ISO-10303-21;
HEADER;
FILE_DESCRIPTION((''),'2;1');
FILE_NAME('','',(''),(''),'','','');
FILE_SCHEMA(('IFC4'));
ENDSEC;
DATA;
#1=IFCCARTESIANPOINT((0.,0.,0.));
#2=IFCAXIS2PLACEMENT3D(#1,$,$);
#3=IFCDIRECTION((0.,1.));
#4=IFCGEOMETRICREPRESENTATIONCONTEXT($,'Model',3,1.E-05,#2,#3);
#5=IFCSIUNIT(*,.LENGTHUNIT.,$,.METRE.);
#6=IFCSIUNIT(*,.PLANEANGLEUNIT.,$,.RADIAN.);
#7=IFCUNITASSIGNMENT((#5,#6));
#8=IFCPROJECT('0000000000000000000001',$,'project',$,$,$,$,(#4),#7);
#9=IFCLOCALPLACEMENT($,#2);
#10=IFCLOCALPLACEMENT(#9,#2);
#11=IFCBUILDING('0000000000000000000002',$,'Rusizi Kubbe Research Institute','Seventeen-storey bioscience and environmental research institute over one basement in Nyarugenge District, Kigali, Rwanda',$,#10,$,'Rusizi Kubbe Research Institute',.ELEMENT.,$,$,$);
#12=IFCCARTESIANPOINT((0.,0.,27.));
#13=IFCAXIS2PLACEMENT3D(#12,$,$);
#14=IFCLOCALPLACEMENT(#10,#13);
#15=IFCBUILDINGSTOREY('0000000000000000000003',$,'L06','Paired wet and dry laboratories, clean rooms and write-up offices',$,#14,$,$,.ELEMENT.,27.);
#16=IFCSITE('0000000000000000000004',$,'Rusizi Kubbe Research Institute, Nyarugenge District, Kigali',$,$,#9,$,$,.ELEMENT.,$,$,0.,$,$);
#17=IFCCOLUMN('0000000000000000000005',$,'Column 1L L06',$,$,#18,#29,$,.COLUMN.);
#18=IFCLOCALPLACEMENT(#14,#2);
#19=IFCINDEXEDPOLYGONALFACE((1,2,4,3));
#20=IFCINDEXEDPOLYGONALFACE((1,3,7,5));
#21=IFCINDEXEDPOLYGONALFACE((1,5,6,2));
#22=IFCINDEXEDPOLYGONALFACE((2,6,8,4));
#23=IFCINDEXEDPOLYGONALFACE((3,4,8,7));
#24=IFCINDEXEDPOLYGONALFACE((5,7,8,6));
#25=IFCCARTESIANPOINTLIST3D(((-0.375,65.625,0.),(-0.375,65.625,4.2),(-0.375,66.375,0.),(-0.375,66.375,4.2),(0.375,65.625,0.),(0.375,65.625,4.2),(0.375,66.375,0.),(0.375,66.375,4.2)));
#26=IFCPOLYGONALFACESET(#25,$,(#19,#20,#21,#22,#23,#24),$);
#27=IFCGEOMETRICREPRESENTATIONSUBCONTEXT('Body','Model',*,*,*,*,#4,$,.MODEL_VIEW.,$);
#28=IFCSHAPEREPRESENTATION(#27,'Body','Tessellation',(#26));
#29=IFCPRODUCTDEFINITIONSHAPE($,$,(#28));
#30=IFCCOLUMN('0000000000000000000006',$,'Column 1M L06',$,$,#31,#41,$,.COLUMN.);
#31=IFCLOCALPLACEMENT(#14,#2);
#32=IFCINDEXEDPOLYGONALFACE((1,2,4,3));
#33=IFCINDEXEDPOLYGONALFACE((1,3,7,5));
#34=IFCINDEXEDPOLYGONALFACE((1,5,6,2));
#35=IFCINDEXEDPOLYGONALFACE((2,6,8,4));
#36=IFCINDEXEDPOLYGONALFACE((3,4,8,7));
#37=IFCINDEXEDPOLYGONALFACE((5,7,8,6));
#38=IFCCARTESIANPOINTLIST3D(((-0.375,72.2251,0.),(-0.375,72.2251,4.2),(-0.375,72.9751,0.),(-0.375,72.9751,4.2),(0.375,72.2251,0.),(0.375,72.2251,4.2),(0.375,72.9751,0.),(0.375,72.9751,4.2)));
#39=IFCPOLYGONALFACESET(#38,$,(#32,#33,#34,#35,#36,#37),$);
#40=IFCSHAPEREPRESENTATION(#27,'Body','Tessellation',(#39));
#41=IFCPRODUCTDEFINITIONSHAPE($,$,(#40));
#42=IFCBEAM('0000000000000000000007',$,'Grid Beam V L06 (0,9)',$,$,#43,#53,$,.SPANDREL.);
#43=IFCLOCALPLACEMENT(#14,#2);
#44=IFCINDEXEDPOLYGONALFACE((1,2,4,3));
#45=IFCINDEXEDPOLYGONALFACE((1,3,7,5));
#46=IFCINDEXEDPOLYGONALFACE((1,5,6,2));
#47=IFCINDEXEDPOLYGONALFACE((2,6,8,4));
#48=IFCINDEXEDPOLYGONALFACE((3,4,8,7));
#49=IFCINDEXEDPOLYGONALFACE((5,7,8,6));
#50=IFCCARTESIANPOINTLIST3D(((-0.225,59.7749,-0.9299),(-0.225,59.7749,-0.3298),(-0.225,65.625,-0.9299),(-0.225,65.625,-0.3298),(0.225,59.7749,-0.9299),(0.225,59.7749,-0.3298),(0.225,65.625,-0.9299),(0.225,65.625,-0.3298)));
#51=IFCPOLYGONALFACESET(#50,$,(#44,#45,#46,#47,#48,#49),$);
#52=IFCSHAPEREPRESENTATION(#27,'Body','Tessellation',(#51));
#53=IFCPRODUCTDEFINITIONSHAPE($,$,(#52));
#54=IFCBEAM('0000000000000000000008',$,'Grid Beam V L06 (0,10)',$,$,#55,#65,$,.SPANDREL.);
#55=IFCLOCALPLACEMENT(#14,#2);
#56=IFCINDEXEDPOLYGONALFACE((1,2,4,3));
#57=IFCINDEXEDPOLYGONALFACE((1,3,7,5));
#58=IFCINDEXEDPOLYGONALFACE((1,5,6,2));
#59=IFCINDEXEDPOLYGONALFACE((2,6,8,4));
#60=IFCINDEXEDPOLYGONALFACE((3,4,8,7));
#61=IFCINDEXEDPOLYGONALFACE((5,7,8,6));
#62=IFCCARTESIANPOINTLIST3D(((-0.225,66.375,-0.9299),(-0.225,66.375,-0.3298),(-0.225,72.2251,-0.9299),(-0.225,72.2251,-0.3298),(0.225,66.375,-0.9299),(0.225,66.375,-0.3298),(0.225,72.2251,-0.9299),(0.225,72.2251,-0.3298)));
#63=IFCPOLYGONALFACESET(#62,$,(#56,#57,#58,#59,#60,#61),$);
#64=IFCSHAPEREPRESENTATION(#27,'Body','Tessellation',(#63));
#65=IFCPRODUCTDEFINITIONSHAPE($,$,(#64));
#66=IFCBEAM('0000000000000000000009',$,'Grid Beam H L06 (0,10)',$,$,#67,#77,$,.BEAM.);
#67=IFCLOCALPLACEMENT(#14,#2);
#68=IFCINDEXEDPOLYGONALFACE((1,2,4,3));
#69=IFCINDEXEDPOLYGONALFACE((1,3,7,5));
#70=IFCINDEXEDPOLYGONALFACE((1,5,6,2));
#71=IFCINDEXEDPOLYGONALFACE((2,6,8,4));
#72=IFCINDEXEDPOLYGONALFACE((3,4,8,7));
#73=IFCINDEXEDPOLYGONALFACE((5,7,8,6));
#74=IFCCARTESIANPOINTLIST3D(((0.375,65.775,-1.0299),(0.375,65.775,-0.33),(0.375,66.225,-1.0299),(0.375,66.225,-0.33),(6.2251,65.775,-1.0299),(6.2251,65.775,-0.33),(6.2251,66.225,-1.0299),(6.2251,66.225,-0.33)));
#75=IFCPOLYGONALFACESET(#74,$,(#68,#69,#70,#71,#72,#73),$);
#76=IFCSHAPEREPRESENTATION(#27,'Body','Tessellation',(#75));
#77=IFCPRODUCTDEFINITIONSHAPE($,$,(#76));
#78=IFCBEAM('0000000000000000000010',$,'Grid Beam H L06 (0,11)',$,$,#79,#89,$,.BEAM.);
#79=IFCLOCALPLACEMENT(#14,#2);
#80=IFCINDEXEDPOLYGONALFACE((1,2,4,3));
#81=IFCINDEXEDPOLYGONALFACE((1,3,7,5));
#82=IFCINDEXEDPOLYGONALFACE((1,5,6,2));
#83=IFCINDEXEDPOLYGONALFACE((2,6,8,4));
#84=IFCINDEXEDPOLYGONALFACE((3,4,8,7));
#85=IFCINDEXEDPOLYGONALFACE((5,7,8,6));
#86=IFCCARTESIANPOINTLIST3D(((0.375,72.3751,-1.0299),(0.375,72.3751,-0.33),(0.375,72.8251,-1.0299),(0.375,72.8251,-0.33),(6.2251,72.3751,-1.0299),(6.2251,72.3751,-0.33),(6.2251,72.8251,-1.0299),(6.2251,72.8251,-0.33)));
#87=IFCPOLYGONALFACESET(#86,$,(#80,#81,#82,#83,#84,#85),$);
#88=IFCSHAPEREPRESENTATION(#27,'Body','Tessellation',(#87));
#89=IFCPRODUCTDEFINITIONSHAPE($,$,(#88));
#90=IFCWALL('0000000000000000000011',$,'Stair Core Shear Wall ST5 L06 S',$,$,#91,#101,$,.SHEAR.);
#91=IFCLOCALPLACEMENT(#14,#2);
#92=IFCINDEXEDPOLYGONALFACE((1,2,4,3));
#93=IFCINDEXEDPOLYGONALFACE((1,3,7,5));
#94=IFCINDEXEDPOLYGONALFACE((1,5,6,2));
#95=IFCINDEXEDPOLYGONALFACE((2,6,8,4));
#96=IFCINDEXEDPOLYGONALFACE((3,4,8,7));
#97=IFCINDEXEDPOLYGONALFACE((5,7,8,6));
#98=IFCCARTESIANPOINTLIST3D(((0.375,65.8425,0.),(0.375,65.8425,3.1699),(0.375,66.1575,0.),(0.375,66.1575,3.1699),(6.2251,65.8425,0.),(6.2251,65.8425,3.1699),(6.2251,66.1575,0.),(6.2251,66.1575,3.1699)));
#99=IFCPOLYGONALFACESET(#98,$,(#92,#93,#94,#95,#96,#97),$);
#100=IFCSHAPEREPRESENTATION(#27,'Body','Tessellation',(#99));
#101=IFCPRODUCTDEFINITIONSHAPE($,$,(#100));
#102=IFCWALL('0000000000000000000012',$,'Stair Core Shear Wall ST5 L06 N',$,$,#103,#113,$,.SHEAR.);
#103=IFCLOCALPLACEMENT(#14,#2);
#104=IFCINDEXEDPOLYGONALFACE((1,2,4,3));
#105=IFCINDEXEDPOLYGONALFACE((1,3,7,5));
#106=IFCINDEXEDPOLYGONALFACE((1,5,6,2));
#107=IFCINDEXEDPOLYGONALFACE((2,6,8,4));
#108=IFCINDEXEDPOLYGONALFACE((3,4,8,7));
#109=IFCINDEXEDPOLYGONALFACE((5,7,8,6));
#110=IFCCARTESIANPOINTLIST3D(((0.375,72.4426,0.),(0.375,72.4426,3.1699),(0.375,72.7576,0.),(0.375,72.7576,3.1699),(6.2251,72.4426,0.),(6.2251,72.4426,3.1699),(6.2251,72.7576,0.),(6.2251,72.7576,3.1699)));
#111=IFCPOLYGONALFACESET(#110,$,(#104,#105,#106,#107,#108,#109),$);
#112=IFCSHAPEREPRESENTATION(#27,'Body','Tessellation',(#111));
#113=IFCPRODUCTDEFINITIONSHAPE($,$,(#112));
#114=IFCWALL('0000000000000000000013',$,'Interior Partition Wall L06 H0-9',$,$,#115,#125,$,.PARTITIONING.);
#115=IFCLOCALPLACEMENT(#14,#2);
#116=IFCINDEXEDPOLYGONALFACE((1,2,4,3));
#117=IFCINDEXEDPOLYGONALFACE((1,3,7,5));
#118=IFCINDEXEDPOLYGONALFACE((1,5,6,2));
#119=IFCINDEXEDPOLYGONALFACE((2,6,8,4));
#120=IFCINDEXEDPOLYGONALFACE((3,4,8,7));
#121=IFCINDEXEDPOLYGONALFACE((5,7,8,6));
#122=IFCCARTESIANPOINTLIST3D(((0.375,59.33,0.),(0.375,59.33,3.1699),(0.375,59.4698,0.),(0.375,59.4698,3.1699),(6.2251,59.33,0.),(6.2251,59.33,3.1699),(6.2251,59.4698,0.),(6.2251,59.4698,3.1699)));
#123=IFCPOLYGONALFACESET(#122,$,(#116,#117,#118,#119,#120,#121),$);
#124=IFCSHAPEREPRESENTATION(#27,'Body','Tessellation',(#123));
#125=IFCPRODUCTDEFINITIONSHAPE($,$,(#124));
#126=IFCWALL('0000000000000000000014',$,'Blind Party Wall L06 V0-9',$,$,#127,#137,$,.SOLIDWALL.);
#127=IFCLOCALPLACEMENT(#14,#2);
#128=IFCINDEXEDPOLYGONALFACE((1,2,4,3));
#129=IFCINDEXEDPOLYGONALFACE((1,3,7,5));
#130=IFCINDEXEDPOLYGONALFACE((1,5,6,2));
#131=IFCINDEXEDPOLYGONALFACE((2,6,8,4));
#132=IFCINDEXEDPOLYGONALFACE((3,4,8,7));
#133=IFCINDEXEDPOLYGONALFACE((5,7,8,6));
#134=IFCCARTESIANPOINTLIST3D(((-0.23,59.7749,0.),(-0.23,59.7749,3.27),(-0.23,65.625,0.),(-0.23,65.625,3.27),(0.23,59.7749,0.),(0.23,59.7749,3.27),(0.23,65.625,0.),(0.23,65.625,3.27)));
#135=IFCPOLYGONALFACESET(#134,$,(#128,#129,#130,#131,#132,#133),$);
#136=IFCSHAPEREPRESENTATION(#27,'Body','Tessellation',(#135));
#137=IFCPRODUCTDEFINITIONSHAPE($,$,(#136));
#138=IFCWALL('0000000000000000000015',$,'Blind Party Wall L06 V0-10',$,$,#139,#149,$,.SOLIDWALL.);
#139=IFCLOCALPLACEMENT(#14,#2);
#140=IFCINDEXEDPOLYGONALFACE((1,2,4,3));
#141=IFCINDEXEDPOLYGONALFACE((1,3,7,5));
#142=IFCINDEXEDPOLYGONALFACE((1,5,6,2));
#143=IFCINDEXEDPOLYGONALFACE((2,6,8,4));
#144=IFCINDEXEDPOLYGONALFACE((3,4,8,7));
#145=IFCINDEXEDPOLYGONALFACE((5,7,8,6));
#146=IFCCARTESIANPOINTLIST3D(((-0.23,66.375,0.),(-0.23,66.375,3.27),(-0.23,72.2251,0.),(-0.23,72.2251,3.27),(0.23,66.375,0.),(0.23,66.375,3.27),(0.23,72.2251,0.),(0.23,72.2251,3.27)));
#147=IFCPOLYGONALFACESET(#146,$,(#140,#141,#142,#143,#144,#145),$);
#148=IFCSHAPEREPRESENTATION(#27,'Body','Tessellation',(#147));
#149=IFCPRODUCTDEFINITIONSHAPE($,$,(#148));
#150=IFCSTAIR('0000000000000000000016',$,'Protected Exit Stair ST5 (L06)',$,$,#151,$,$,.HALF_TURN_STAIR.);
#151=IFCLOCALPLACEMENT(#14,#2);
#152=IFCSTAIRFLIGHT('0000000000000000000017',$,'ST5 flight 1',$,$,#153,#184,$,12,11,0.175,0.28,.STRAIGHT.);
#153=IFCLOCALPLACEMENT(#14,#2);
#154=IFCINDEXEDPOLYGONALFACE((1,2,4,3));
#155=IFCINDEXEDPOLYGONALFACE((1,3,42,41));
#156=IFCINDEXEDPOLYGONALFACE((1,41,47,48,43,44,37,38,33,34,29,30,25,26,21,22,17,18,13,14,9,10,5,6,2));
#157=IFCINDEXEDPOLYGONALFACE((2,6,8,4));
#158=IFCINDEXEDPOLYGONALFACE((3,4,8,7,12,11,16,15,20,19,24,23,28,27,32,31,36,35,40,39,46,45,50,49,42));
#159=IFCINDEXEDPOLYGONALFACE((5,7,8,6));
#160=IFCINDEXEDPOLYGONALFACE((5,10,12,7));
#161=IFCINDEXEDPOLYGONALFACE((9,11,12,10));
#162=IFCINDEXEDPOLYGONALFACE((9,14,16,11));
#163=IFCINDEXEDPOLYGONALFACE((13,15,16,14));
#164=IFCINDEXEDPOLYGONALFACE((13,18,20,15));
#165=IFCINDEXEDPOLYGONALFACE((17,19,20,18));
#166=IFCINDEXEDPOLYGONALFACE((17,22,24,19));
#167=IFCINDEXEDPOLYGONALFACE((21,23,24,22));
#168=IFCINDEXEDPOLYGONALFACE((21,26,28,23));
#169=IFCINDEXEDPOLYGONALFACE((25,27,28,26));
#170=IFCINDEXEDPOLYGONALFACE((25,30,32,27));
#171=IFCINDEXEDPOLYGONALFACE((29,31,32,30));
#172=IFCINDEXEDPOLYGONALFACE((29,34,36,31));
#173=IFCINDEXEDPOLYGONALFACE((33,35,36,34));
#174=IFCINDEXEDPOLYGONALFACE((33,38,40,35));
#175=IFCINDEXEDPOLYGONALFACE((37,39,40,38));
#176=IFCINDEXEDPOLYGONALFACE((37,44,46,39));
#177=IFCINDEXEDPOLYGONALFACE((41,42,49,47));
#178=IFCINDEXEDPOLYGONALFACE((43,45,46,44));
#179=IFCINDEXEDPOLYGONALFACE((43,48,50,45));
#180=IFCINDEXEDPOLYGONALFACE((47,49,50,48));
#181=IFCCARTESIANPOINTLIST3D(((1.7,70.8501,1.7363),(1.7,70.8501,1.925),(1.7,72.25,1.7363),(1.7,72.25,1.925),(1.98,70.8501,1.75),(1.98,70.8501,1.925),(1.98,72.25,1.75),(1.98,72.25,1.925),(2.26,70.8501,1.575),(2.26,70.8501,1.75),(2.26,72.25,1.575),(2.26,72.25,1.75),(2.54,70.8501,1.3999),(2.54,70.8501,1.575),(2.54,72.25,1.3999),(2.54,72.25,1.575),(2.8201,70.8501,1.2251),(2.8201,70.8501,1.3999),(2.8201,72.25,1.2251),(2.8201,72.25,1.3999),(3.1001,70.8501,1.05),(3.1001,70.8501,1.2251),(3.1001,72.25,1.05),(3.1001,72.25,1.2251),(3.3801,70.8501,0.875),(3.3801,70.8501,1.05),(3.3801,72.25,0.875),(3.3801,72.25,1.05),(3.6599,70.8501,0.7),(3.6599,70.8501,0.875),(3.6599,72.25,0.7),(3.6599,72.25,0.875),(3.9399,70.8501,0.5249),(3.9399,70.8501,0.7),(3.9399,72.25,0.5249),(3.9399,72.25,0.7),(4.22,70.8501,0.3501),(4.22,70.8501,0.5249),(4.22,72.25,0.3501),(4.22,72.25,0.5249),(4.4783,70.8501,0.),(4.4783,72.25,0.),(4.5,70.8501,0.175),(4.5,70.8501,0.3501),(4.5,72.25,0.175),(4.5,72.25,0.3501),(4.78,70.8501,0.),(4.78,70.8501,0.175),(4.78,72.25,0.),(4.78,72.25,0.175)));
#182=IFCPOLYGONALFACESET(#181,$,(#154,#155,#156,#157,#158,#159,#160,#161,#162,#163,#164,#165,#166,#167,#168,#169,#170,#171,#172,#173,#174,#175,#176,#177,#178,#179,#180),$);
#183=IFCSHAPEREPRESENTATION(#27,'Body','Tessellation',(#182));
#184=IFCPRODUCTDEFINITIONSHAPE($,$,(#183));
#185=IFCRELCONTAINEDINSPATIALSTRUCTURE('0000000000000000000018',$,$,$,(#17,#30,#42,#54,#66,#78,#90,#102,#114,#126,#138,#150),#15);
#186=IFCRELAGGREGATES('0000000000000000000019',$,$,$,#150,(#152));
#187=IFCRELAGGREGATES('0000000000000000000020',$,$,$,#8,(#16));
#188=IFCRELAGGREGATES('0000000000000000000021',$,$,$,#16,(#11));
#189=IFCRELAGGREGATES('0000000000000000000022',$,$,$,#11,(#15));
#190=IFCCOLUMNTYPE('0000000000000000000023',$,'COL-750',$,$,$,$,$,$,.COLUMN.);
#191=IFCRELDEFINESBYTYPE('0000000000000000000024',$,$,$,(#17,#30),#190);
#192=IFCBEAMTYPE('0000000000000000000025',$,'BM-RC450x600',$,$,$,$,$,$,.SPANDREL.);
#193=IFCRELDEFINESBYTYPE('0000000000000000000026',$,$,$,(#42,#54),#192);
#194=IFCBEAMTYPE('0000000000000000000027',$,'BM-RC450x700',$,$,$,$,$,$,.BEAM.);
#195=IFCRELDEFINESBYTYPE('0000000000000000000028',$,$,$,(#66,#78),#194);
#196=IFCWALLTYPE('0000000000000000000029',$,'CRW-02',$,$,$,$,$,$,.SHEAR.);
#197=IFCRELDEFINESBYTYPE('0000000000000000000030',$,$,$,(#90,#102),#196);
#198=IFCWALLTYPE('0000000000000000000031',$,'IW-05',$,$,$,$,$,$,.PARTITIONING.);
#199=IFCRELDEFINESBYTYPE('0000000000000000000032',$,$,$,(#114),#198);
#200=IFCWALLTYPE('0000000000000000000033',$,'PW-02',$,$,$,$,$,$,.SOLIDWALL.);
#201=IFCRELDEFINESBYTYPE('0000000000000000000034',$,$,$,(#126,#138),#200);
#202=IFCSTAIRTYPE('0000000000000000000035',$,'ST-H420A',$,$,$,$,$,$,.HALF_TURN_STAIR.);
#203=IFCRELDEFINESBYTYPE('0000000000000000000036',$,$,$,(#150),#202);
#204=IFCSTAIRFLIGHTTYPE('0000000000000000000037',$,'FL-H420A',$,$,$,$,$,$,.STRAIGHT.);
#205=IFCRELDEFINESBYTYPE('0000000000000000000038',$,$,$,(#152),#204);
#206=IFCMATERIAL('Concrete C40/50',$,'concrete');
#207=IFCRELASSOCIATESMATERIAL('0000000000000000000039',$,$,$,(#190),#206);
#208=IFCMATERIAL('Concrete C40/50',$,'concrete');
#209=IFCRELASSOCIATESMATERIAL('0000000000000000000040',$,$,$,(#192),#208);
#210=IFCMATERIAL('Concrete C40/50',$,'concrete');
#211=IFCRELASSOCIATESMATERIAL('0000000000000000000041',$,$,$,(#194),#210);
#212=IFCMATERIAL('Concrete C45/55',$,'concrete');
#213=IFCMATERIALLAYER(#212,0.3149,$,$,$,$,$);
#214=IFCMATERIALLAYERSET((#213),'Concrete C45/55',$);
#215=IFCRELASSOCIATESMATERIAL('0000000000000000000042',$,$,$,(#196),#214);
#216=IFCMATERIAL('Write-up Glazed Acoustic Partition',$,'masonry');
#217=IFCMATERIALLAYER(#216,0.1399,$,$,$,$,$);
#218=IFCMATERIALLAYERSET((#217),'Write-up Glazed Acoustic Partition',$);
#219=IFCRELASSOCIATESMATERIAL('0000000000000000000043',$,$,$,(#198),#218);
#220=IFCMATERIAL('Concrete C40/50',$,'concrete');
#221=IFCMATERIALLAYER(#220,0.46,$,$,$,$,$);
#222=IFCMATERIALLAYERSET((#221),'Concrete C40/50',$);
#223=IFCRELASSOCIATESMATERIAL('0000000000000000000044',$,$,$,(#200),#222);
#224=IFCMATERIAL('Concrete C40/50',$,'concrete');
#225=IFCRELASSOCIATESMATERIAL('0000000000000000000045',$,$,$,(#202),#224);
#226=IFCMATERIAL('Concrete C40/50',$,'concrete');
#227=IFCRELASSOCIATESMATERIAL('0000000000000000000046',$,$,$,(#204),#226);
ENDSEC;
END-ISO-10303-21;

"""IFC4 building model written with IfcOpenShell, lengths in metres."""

from ifc_helpers import new_model, si_unit, direction, frame, frame_2d, origin, origin_2d, place, context, subcontext, project, spatial, polyline, rectangle, outline, extrude, material, layer, layer_set, material_profile, profile_set, type_object, element, aggregate, save


model = new_model("IFC4")

# Units and contexts
model_context = context("Model", 3, precision=1e-05, world=origin(), true_north=direction((0.0, 1.0)))
body_context = subcontext(model_context, "Body", "Model", "MODEL_VIEW")
ifc_project = project(units=[si_unit("LENGTHUNIT", "METRE"), si_unit("PLANEANGLEUNIT", "RADIAN")], contexts=[model_context])

# Site, building, storey
site_placement = place(None, origin())
site = spatial("IfcSite", under=ifc_project, at=site_placement, Name="Rusizi Kubbe Research Institute, Nyarugenge District, Kigali", CompositionType="ELEMENT", RefElevation=0.0)
building_placement = place(site_placement, origin())
building = spatial("IfcBuilding", under=site, at=building_placement, Name="Rusizi Kubbe Research Institute", Description="Seventeen-storey bioscience and environmental research institute over one basement in Nyarugenge District, Kigali, Rwanda", LongName="Rusizi Kubbe Research Institute", CompositionType="ELEMENT")
storey_placement = place(building_placement, frame((0.0, 0.0, 27.0)))
storey = spatial("IfcBuildingStorey", under=building, at=storey_placement, Name="L06", Description="Paired wet and dry laboratories, clean rooms and write-up offices", CompositionType="ELEMENT", Elevation=27.0)

# Columns
ifc_material_1 = material(Name="Concrete C40/50", Category="concrete")
ifc_material_profile_1 = material_profile(ifc_material_1, rectangle(XDim=0.75, YDim=0.75, at=origin_2d()), Name="RC750x750")
ifc_profile_set_1 = profile_set([ifc_material_profile_1], Name="Concrete C40/50")
column_type = type_object("IfcColumnType", Name="COL-750", PredefinedType="COLUMN", material=ifc_profile_set_1)
for number, where, z_axis, x_axis, name in (
    (1, (0.0, 66.0, 0.0), (0.0, 0.0, 1.0), (1.0, 0.0, 0.0), "Column 1L L06"),
    (2, (0.0, 72.6001, 0.0), (0.0, 0.0, 1.0), (1.0, 0.0, 0.0), "Column 1M L06"),
):
    element("IfcColumn", number, at=place(storey_placement, frame(where, z_axis=z_axis, x_axis=x_axis)), inside=storey, type_object=column_type, Name=name, PredefinedType="COLUMN", context=body_context, shape_type="SweptSolid", body=[
        extrude(rectangle(XDim=0.75, YDim=0.75, at=origin_2d()), origin(), (0.0, 0.0, 1.0), 4.2),
    ])

# Beams
ifc_material_2 = material(Name="Concrete C40/50", Category="concrete")
ifc_material_profile_2 = material_profile(ifc_material_2, rectangle(XDim=0.45, YDim=0.6001, at=origin_2d()), Name="RC450x600")
ifc_profile_set_2 = profile_set([ifc_material_profile_2], Name="Concrete C40/50")
beam_type_1 = type_object("IfcBeamType", Name="BM-RC450x600", PredefinedType="SPANDREL", material=ifc_profile_set_2)
for number, where, z_axis, x_axis, name in (
    (3, (0.0, 59.7749, -0.6299), (0.0, 1.0, 0.0), (-1.0, 0.0, 0.0), "Grid Beam V L06 (0,9)"),
    (4, (0.0, 66.375, -0.6299), (0.0, 1.0, 0.0), (-1.0, 0.0, 0.0), "Grid Beam V L06 (0,10)"),
):
    element("IfcBeam", number, at=place(storey_placement, frame(where, z_axis=z_axis, x_axis=x_axis)), inside=storey, type_object=beam_type_1, Name=name, PredefinedType="SPANDREL", context=body_context, shape_type="SweptSolid", body=[
        extrude(rectangle(XDim=0.45, YDim=0.6001, at=origin_2d()), origin(), (0.0, 0.0, 1.0), 5.8501),
    ])
ifc_material_3 = material(Name="Concrete C40/50", Category="concrete")
ifc_material_profile_3 = material_profile(ifc_material_3, rectangle(XDim=0.45, YDim=0.7, at=origin_2d()), Name="RC450x700B")
ifc_profile_set_3 = profile_set([ifc_material_profile_3], Name="Concrete C40/50")
beam_type_2 = type_object("IfcBeamType", Name="BM-RC450x700", PredefinedType="BEAM", material=ifc_profile_set_3)
for number, where, z_axis, x_axis, name in (
    (5, (0.375, 66.0, -0.6799), (1.0, 0.0, 0.0), (0.0, 1.0, 0.0), "Grid Beam H L06 (0,10)"),
    (6, (0.375, 72.6001, -0.6799), (1.0, 0.0, 0.0), (0.0, 1.0, 0.0), "Grid Beam H L06 (0,11)"),
):
    element("IfcBeam", number, at=place(storey_placement, frame(where, z_axis=z_axis, x_axis=x_axis)), inside=storey, type_object=beam_type_2, Name=name, PredefinedType="BEAM", context=body_context, shape_type="SweptSolid", body=[
        extrude(rectangle(XDim=0.45, YDim=0.7, at=origin_2d()), origin(), (0.0, 0.0, 1.0), 5.8501),
    ])

# Walls
ifc_material_4 = material(Name="Concrete C45/55", Category="concrete")
ifc_layer_1 = layer(ifc_material_4, 0.3149)
ifc_layer_set_1 = layer_set([ifc_layer_1], Name="Concrete C45/55")
wall_type_1 = type_object("IfcWallType", Name="CRW-02", PredefinedType="SHEAR", material=ifc_layer_set_1)
for number, where, z_axis, x_axis, name in (
    (7, (0.375, 66.0, 0.0), (0.0, 0.0, 1.0), (1.0, 0.0, 0.0), "Stair Core Shear Wall ST5 L06 S"),
    (8, (0.375, 72.6001, 0.0), (0.0, 0.0, 1.0), (1.0, 0.0, 0.0), "Stair Core Shear Wall ST5 L06 N"),
):
    element("IfcWall", number, at=place(storey_placement, frame(where, z_axis=z_axis, x_axis=x_axis)), inside=storey, type_object=wall_type_1, Name=name, PredefinedType="SHEAR", context=body_context, shape_type="SweptSolid", body=[
        extrude(rectangle(XDim=5.8501, YDim=0.3149, at=frame_2d((2.925, 0.0))), origin(), (0.0, 0.0, 1.0), 3.1699),
    ])
ifc_material_5 = material(Name="Write-up Glazed Acoustic Partition", Category="masonry")
ifc_layer_2 = layer(ifc_material_5, 0.1399)
ifc_layer_set_2 = layer_set([ifc_layer_2], Name="Write-up Glazed Acoustic Partition")
wall_type_2 = type_object("IfcWallType", Name="IW-05", PredefinedType="PARTITIONING", material=ifc_layer_set_2)
wall_placement = place(storey_placement, frame((0.375, 59.3999, 0.0), z_axis=(0.0, 0.0, 1.0), x_axis=(1.0, 0.0, 0.0)))
element("IfcWall", 9, at=wall_placement, inside=storey, type_object=wall_type_2, Name="Interior Partition Wall L06 H0-9", PredefinedType="PARTITIONING", context=body_context, shape_type="SweptSolid", body=[
    extrude(rectangle(XDim=5.8501, YDim=0.1399, at=frame_2d((2.925, 0.0))), origin(), (0.0, 0.0, 1.0), 3.1699),
])
ifc_material_6 = material(Name="Concrete C40/50", Category="concrete")
ifc_layer_3 = layer(ifc_material_6, 0.46)
ifc_layer_set_3 = layer_set([ifc_layer_3], Name="Concrete C40/50")
wall_type_3 = type_object("IfcWallType", Name="PW-02", PredefinedType="SOLIDWALL", material=ifc_layer_set_3)
for number, where, z_axis, x_axis, name in (
    (10, (0.0, 59.7749, 0.0), (0.0, 0.0, 1.0), (0.0, 1.0, 0.0), "Blind Party Wall L06 V0-9"),
    (11, (0.0, 66.375, 0.0), (0.0, 0.0, 1.0), (0.0, 1.0, 0.0), "Blind Party Wall L06 V0-10"),
):
    element("IfcWall", number, at=place(storey_placement, frame(where, z_axis=z_axis, x_axis=x_axis)), inside=storey, type_object=wall_type_3, Name=name, PredefinedType="SOLIDWALL", context=body_context, shape_type="SweptSolid", body=[
        extrude(rectangle(XDim=5.8501, YDim=0.46, at=frame_2d((2.925, 0.0))), origin(), (0.0, 0.0, 1.0), 3.27),
    ])

# Stair, stair flight
ifc_material_7 = material(Name="Concrete C40/50", Category="concrete")
stair_type = type_object("IfcStairType", Name="ST-H420A", PredefinedType="HALF_TURN_STAIR", material=ifc_material_7)
stair_placement = place(storey_placement, origin())
stair = element("IfcStair", 12, at=stair_placement, inside=storey, type_object=stair_type, Name="Protected Exit Stair ST5 (L06)", PredefinedType="HALF_TURN_STAIR")
ifc_material_8 = material(Name="Concrete C40/50", Category="concrete")
stair_flight_type = type_object("IfcStairFlightType", Name="FL-H420A", PredefinedType="STRAIGHT", material=ifc_material_8)
stair_flight_1_placement = place(storey_placement, frame((4.78, 71.55, 0.0), z_axis=(0.0, 0.0, 1.0), x_axis=(-1.0, 0.0, 0.0)))
stair_flight_1 = element("IfcStairFlight", 13, at=stair_flight_1_placement, type_object=stair_flight_type, Name="ST5 flight 1", NumberOfRisers=12, NumberOfTreads=11, PredefinedType="STRAIGHT", RiserHeight=0.175, TreadLength=0.28, context=body_context, shape_type="SweptSolid", body=[
    extrude(outline(polyline([(0.0, 0.0), (0.0, 0.175), (0.28, 0.175), (0.28, 0.3501), (0.5601, 0.3501), (0.5601, 0.5249), (0.8401, 0.5249), (0.8401, 0.7), (1.1201, 0.7), (1.1201, 0.875), (1.3999, 0.875), (1.3999, 1.05), (1.6799, 1.05), (1.6799, 1.2251), (1.96, 1.2251), (1.96, 1.3999), (2.24, 1.3999), (2.24, 1.575), (2.52, 1.575), (2.52, 1.75), (2.8, 1.75), (2.8, 1.925), (3.0801, 1.925), (3.0801, 2.1001), (3.0801, 1.7363), (0.3018, 0.0), (0.0, 0.0)])), frame((0.0, 0.7, 0.0), z_axis=(0.0, -1.0, 0.0), x_axis=(1.0, 0.0, 0.0)), (0.0, 0.0, 1.0), 1.3999),
])
aggregate(stair, [stair_flight_1])

save(model, "model.ifc")
